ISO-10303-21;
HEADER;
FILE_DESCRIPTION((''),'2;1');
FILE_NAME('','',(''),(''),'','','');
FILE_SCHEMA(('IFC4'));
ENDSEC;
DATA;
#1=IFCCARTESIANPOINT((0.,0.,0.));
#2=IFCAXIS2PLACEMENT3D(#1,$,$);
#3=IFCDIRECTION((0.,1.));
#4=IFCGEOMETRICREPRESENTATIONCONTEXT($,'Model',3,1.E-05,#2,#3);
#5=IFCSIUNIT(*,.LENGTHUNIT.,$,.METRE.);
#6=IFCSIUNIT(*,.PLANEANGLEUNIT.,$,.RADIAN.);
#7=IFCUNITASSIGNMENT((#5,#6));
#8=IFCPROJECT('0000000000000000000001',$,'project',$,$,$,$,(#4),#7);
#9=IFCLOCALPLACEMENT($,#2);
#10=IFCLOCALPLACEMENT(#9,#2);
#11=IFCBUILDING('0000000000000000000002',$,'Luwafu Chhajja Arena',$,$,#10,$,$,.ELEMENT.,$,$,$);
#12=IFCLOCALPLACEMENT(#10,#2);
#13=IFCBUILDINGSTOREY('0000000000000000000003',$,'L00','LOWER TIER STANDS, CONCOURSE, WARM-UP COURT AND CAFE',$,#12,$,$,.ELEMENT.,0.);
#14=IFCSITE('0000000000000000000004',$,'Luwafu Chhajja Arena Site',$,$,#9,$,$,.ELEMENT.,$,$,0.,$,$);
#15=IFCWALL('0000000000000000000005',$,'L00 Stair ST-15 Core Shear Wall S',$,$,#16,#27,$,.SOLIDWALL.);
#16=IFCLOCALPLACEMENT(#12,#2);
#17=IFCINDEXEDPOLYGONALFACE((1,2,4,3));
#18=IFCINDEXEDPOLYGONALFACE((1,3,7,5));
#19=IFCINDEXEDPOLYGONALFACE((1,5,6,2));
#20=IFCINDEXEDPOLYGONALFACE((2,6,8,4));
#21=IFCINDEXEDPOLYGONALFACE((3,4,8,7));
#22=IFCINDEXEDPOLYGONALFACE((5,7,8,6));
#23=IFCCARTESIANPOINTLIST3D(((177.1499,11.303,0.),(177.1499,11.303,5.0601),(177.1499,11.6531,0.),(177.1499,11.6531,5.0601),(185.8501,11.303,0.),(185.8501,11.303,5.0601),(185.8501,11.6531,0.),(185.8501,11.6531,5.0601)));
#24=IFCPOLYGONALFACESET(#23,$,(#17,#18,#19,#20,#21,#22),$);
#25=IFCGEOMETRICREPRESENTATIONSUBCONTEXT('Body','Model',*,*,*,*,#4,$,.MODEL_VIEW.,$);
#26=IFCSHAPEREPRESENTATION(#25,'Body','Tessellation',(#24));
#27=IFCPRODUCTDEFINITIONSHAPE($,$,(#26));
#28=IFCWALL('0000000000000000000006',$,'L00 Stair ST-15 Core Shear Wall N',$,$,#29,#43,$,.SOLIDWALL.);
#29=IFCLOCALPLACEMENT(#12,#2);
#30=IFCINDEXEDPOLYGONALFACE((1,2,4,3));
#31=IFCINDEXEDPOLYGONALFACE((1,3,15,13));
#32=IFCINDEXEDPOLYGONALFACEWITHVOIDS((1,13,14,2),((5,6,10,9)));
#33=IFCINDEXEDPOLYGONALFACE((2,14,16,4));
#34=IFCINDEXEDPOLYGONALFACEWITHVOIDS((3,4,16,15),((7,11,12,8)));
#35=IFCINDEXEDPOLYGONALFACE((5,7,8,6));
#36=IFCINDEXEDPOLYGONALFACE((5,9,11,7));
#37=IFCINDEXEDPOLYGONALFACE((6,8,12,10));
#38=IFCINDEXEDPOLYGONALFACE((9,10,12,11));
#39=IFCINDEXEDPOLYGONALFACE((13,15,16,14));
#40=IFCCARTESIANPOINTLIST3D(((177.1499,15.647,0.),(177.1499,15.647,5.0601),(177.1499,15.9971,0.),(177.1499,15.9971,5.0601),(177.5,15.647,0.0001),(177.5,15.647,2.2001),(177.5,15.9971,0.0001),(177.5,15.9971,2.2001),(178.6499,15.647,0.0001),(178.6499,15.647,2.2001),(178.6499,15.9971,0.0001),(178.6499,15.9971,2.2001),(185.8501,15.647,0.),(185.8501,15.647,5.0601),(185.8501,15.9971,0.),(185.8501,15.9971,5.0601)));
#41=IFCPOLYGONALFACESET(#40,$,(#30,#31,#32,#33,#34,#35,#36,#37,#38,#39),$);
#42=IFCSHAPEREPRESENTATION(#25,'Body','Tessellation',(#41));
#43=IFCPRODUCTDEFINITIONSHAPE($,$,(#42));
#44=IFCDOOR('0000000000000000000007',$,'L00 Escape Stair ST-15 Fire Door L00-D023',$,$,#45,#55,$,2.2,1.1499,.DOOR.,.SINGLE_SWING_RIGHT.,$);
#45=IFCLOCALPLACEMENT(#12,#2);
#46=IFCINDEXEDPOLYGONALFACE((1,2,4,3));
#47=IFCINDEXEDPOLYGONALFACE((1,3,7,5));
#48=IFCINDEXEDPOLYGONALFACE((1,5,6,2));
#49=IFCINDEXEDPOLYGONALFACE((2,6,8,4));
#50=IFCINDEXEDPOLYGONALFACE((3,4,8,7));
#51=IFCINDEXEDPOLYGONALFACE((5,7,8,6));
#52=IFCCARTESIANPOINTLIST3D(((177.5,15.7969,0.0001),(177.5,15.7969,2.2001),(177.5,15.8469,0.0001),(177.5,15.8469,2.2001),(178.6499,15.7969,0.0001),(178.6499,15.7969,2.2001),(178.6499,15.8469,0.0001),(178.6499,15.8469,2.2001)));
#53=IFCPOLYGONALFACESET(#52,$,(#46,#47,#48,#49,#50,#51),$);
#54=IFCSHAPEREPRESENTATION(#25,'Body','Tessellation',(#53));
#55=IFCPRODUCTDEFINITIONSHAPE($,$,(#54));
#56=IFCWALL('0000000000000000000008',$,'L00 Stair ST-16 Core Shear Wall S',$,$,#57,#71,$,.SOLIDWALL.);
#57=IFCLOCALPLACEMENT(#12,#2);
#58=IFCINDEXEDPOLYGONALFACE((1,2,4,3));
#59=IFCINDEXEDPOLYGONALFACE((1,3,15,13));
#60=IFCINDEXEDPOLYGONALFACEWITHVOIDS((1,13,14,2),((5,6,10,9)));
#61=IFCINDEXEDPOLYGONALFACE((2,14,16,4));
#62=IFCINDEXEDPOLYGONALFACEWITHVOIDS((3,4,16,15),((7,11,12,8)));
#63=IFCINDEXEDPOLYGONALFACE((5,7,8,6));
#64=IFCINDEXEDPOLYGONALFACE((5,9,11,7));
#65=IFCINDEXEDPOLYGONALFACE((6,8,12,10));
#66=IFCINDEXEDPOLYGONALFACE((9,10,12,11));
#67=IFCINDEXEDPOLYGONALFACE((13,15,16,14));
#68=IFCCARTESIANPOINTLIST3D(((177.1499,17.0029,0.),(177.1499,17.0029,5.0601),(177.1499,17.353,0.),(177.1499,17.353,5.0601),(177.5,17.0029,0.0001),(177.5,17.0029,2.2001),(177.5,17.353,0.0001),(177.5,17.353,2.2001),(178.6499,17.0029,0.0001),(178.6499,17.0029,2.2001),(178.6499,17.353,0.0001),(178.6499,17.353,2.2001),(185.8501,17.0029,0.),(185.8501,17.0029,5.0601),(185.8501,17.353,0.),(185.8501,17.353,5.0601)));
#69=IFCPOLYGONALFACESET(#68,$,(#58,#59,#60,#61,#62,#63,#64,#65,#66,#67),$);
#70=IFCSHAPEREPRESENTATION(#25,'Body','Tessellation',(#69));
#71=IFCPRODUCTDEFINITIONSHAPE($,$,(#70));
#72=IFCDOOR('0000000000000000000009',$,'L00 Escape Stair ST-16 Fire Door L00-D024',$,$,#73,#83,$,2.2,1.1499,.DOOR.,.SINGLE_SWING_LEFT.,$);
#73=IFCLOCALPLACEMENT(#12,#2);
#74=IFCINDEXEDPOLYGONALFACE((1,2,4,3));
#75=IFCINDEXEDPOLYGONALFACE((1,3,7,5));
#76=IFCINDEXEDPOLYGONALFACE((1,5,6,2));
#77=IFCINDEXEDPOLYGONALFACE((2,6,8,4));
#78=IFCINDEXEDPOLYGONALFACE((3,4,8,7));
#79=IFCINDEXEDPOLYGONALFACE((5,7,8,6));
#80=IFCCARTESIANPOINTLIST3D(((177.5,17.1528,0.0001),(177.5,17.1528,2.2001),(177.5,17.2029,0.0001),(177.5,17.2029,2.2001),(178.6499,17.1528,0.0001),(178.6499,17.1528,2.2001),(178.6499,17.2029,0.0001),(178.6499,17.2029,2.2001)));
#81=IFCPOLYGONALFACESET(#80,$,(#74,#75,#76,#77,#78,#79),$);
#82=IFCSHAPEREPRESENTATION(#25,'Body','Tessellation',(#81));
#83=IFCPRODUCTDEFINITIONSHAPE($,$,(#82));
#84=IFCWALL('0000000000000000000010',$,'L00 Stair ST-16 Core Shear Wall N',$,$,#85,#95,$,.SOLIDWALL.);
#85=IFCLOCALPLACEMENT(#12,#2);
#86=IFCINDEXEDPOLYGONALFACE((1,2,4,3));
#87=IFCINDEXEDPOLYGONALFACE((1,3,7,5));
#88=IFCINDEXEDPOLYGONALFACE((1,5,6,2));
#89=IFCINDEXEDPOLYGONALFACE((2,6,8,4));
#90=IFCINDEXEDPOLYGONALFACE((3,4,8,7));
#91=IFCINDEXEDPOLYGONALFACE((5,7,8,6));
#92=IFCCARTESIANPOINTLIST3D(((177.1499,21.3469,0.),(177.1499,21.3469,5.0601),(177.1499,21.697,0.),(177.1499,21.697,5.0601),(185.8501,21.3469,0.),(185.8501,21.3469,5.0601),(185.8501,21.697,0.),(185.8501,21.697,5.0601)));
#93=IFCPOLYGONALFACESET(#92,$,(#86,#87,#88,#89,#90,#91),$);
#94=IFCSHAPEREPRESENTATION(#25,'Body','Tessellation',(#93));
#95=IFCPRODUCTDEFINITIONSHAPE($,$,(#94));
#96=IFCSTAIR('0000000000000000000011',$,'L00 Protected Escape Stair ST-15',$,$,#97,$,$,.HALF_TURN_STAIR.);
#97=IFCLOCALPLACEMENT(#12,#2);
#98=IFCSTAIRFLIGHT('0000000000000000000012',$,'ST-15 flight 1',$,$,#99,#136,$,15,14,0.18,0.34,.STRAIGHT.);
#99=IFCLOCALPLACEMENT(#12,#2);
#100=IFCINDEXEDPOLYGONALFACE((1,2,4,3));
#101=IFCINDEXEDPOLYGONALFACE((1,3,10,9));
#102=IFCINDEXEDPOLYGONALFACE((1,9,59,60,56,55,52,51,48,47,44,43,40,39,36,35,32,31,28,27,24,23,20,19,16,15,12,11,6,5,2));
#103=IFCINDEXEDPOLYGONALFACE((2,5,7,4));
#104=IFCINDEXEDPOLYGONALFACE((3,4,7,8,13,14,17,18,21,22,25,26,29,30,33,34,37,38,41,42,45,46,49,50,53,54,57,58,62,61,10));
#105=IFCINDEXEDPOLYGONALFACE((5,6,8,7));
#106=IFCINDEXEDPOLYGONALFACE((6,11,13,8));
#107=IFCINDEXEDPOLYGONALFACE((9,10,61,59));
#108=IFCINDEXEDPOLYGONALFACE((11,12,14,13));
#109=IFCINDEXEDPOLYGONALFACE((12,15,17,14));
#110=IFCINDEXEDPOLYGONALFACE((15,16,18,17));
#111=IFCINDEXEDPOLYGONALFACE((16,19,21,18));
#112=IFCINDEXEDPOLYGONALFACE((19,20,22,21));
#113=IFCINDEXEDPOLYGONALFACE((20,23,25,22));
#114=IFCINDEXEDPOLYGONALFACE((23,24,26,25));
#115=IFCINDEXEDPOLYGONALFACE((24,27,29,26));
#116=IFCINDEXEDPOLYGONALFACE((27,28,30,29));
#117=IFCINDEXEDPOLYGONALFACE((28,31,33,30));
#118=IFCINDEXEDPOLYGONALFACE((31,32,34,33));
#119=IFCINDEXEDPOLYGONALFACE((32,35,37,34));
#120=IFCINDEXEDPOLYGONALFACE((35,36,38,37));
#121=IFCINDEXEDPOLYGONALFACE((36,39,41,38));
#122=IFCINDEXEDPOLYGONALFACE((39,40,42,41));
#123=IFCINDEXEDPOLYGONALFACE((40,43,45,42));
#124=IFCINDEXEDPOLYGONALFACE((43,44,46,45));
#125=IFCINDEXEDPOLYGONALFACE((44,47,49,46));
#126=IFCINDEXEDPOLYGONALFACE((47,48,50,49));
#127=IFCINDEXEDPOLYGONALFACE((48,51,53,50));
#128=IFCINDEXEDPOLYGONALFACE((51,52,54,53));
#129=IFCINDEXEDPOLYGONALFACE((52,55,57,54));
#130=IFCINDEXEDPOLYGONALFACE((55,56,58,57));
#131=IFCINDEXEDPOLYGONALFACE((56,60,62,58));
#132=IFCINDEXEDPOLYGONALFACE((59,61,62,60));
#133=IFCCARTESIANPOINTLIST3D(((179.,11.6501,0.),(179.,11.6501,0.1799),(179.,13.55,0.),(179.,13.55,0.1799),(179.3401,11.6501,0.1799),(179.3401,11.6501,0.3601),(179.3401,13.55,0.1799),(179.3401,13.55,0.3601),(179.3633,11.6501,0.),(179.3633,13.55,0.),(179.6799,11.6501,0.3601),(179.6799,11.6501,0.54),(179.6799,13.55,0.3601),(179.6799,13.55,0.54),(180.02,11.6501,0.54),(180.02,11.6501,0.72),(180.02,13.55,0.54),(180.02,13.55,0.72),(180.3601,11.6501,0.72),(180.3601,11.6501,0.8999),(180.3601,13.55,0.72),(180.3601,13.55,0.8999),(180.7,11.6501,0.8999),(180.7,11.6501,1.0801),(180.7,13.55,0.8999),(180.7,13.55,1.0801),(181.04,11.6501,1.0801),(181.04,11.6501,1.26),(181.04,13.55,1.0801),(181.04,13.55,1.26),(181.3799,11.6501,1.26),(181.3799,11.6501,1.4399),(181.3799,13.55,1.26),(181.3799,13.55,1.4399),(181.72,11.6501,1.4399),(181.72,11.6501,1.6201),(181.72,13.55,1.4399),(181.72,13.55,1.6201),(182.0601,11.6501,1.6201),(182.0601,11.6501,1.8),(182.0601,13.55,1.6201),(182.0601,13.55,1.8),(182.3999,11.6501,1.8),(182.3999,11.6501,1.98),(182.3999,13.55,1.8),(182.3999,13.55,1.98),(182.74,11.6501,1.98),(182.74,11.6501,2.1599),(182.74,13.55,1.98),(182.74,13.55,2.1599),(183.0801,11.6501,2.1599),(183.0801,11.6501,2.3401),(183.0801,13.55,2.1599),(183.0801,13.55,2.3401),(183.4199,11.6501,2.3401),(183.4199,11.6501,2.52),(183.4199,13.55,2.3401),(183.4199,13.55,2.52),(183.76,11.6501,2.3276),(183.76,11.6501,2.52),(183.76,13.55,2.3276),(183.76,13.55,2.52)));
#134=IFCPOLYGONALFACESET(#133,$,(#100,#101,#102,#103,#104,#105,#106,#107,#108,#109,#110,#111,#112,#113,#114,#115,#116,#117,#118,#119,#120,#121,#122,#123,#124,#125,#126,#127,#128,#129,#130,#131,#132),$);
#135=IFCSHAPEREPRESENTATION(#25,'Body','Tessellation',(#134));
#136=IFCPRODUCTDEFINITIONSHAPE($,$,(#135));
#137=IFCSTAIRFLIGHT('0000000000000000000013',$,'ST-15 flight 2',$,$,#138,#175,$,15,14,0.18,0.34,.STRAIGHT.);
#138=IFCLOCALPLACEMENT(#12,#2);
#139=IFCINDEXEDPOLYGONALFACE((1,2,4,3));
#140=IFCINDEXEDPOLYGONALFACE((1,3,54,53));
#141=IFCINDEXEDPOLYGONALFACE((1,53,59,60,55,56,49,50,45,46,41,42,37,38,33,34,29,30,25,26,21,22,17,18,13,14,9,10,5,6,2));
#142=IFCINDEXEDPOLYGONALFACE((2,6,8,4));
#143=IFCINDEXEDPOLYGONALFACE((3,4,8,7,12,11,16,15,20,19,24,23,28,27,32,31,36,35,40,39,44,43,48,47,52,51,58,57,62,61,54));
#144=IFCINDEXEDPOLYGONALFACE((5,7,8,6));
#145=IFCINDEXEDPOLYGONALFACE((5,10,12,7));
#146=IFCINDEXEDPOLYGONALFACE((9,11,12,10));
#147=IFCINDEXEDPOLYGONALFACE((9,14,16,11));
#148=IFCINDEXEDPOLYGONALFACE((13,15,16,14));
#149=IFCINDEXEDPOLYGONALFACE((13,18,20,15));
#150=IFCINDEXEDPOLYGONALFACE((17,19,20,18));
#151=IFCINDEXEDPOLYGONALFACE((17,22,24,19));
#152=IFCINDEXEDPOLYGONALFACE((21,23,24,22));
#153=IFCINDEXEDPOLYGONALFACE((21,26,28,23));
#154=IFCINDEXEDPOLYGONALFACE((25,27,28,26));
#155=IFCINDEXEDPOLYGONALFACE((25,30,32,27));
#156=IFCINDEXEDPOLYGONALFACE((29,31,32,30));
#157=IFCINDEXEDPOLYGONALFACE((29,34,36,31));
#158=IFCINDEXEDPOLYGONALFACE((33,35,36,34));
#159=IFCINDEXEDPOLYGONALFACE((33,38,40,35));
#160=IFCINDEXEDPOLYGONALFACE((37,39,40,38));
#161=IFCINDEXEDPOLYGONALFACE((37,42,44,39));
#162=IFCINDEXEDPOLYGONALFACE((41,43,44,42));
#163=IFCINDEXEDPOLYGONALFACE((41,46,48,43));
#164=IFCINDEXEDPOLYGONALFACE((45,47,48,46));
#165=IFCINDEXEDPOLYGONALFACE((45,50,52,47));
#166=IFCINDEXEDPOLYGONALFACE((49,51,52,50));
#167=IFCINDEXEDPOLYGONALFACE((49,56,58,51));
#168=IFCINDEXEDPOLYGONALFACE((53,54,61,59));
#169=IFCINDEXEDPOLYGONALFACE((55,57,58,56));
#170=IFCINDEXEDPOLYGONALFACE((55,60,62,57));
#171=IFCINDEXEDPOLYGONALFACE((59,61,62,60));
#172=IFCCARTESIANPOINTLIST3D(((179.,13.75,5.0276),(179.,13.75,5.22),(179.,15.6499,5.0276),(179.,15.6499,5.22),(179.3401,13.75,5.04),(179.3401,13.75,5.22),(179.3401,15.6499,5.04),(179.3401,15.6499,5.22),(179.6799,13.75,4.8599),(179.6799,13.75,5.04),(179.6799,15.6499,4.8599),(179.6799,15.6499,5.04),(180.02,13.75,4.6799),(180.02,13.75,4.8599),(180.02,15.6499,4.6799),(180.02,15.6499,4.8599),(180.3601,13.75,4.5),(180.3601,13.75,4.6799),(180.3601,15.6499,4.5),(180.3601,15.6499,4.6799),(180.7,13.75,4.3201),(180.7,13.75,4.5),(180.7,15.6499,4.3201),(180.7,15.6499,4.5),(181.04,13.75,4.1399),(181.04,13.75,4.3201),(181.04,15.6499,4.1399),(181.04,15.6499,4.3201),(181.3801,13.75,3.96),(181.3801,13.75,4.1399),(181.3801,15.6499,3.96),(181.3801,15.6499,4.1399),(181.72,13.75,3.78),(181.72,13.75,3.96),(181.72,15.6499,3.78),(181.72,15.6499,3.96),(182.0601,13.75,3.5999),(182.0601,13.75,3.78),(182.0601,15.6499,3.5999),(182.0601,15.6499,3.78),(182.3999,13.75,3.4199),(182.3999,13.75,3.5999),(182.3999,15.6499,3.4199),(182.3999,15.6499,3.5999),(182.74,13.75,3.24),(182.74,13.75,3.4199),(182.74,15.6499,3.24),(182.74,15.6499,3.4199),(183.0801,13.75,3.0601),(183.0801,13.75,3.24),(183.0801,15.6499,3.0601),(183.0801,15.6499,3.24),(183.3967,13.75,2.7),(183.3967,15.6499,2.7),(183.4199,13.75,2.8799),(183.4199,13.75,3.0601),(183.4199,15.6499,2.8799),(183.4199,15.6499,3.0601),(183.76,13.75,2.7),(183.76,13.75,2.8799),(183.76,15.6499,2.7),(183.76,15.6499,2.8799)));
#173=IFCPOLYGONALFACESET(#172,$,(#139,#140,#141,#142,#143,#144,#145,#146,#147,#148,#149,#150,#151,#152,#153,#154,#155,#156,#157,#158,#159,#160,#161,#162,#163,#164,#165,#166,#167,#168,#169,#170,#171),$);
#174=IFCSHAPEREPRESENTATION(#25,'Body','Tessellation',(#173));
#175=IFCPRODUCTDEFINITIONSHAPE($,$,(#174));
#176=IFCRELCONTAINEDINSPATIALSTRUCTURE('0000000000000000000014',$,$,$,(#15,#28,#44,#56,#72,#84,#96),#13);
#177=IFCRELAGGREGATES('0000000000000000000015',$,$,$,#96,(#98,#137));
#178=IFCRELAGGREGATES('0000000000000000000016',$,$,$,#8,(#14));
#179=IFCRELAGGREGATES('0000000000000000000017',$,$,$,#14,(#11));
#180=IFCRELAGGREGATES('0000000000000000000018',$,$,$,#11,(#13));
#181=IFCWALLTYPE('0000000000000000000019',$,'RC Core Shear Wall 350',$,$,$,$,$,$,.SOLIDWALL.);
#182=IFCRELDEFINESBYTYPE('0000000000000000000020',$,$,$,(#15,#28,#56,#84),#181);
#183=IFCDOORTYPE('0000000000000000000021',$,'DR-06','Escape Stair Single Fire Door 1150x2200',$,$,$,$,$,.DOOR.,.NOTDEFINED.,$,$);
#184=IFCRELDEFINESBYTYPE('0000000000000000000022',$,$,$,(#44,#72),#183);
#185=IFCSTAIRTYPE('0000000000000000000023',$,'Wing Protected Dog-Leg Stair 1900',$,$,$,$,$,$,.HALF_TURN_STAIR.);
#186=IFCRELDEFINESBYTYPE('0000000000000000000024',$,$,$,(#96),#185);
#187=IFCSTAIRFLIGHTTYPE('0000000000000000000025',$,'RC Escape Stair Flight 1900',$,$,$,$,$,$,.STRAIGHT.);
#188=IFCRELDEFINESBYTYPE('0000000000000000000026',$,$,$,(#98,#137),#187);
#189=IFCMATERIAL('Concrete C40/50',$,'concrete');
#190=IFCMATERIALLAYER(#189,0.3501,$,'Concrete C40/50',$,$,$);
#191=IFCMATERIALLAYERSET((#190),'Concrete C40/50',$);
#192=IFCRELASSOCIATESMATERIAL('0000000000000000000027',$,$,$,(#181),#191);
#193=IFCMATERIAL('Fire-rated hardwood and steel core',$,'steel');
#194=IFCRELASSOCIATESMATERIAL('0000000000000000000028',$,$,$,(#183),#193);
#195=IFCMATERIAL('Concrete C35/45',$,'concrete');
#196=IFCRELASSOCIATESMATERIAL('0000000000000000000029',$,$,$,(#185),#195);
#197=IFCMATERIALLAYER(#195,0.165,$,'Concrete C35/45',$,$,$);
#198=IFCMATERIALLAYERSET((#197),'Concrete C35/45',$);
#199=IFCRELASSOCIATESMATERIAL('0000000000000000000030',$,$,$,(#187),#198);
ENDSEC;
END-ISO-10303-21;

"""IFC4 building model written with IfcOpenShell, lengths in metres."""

from ifc_helpers import new_model, si_unit, direction, frame, frame_2d, origin, place, context, subcontext, project, spatial, polyline, rectangle, outline, extrude, material, layer, layer_set, type_object, element, fill, aggregate, save


model = new_model("IFC4")

# Units and contexts
model_context = context("Model", 3, precision=1e-05, world=origin(), true_north=direction((0.0, 1.0)))
body_context = subcontext(model_context, "Body", "Model", "MODEL_VIEW")
ifc_project = project(units=[si_unit("LENGTHUNIT", "METRE"), si_unit("PLANEANGLEUNIT", "RADIAN")], contexts=[model_context])

# Site, building, storey
site_placement = place(None, origin())
site = spatial("IfcSite", under=ifc_project, at=site_placement, Name="Luwafu Chhajja Arena Site", CompositionType="ELEMENT", RefElevation=0.0)
building_placement = place(site_placement, origin())
building = spatial("IfcBuilding", under=site, at=building_placement, Name="Luwafu Chhajja Arena", CompositionType="ELEMENT")
storey_placement = place(building_placement, origin())
storey = spatial("IfcBuildingStorey", under=building, at=storey_placement, Name="L00", Description="LOWER TIER STANDS, CONCOURSE, WARM-UP COURT AND CAFE", CompositionType="ELEMENT", Elevation=0.0)

# Wall
ifc_material_1 = material(Name="Concrete C40/50", Category="concrete")
ifc_layer_1 = layer(ifc_material_1, 0.3501, Name="Concrete C40/50")
ifc_layer_set_1 = layer_set([ifc_layer_1], Name="Concrete C40/50")
wall_type = type_object("IfcWallType", Name="RC Core Shear Wall 350", PredefinedType="SOLIDWALL", material=ifc_layer_set_1)
wall_1_placement = place(storey_placement, frame((177.1499, 11.478, 0.0), z_axis=(0.0, 0.0, 1.0), x_axis=(1.0, 0.0, 0.0)))
element("IfcWall", 1, at=wall_1_placement, inside=storey, type_object=wall_type, Name="L00 Stair ST-15 Core Shear Wall S", PredefinedType="SOLIDWALL", context=body_context, shape_type="SweptSolid", body=[
    extrude(rectangle(XDim=8.7002, YDim=0.3501, at=frame_2d((4.3501, 0.0))), origin(), (0.0, 0.0, 1.0), 5.0601),
])

# Walls, openings, doors
wall_2_placement = place(storey_placement, frame((177.1499, 15.822, 0.0), z_axis=(0.0, 0.0, 1.0), x_axis=(1.0, 0.0, 0.0)))
wall_2 = element("IfcWall", 2, at=wall_2_placement, inside=storey, type_object=wall_type, Name="L00 Stair ST-15 Core Shear Wall N", PredefinedType="SOLIDWALL", context=body_context, shape_type="SweptSolid", body=[
    extrude(rectangle(XDim=8.7002, YDim=0.3501, at=frame_2d((4.3501, 0.0))), origin(), (0.0, 0.0, 1.0), 5.0601),
])
opening_1_placement = place(wall_2_placement, frame((0.3501, 0.0, 0.0)))
opening_1 = element("IfcOpeningElement", 3, at=opening_1_placement, cuts=wall_2, PredefinedType="OPENING", context=body_context, shape_type="SweptSolid", body=[
    extrude(rectangle(XDim=1.1499, YDim=2.2, at=frame_2d((0.575, 1.1001))), frame((0.0, 0.1851, 0.0), z_axis=(0.0, -1.0, 0.0), x_axis=(1.0, 0.0, 0.0)), (0.0, 0.0, 1.0), 0.3701),
])
ifc_material_2 = material(Name="Fire-rated hardwood and steel core", Category="steel")
door_type = type_object("IfcDoorType", Name="DR-06", Description="Escape Stair Single Fire Door 1150x2200", OperationType="NOTDEFINED", PredefinedType="DOOR", material=ifc_material_2)
door_1_placement = place(opening_1_placement, origin())
door_1 = element("IfcDoor", 4, at=door_1_placement, inside=storey, type_object=door_type, Name="L00 Escape Stair ST-15 Fire Door L00-D023", OperationType="SINGLE_SWING_RIGHT", OverallHeight=2.2, OverallWidth=1.1499, PredefinedType="DOOR", context=body_context, shape_type="SweptSolid", body=[
    extrude(rectangle(XDim=1.1499, YDim=2.2, at=frame_2d((0.575, 1.1001))), frame((0.0, 0.0249, 0.0), z_axis=(0.0, -1.0, 0.0), x_axis=(1.0, 0.0, 0.0)), (0.0, 0.0, 1.0), 0.05),
])
fill(opening_1, door_1)
wall_3_placement = place(storey_placement, frame((177.1499, 17.178, 0.0), z_axis=(0.0, 0.0, 1.0), x_axis=(1.0, 0.0, 0.0)))
wall_3 = element("IfcWall", 5, at=wall_3_placement, inside=storey, type_object=wall_type, Name="L00 Stair ST-16 Core Shear Wall S", PredefinedType="SOLIDWALL", context=body_context, shape_type="SweptSolid", body=[
    extrude(rectangle(XDim=8.7002, YDim=0.3501, at=frame_2d((4.3501, 0.0))), origin(), (0.0, 0.0, 1.0), 5.0601),
])
opening_2_placement = place(wall_3_placement, frame((0.3501, 0.0, 0.0)))
opening_2 = element("IfcOpeningElement", 6, at=opening_2_placement, cuts=wall_3, PredefinedType="OPENING", context=body_context, shape_type="SweptSolid", body=[
    extrude(rectangle(XDim=1.1499, YDim=2.2, at=frame_2d((0.575, 1.1001))), frame((0.0, 0.1851, 0.0), z_axis=(0.0, -1.0, 0.0), x_axis=(1.0, 0.0, 0.0)), (0.0, 0.0, 1.0), 0.3701),
])
door_2_placement = place(opening_2_placement, origin())
door_2 = element("IfcDoor", 7, at=door_2_placement, inside=storey, type_object=door_type, Name="L00 Escape Stair ST-16 Fire Door L00-D024", OperationType="SINGLE_SWING_LEFT", OverallHeight=2.2, OverallWidth=1.1499, PredefinedType="DOOR", context=body_context, shape_type="SweptSolid", body=[
    extrude(rectangle(XDim=1.1499, YDim=2.2, at=frame_2d((0.575, 1.1001))), frame((0.0, 0.0249, 0.0), z_axis=(0.0, -1.0, 0.0), x_axis=(1.0, 0.0, 0.0)), (0.0, 0.0, 1.0), 0.05),
])
fill(opening_2, door_2)

# Wall
wall_4_placement = place(storey_placement, frame((177.1499, 21.522, 0.0), z_axis=(0.0, 0.0, 1.0), x_axis=(1.0, 0.0, 0.0)))
element("IfcWall", 8, at=wall_4_placement, inside=storey, type_object=wall_type, Name="L00 Stair ST-16 Core Shear Wall N", PredefinedType="SOLIDWALL", context=body_context, shape_type="SweptSolid", body=[
    extrude(rectangle(XDim=8.7002, YDim=0.3501, at=frame_2d((4.3501, 0.0))), origin(), (0.0, 0.0, 1.0), 5.0601),
])

# Stair, stair flights
ifc_material_3 = material(Name="Concrete C35/45", Category="concrete")
stair_type = type_object("IfcStairType", Name="Wing Protected Dog-Leg Stair 1900", PredefinedType="HALF_TURN_STAIR", material=ifc_material_3)
stair_1_placement = place(storey_placement, origin())
stair_1 = element("IfcStair", 9, at=stair_1_placement, inside=storey, type_object=stair_type, Name="L00 Protected Escape Stair ST-15", PredefinedType="HALF_TURN_STAIR")
ifc_layer_2 = layer(ifc_material_3, 0.165, Name="Concrete C35/45")
ifc_layer_set_2 = layer_set([ifc_layer_2], Name="Concrete C35/45")
stair_flight_type = type_object("IfcStairFlightType", Name="RC Escape Stair Flight 1900", PredefinedType="STRAIGHT", material=ifc_layer_set_2)
stair_flight_1_placement = place(storey_placement, frame((179.0, 12.6001, 0.0), z_axis=(0.0, 0.0, 1.0), x_axis=(1.0, 0.0, 0.0)))
stair_flight_1 = element("IfcStairFlight", 10, at=stair_flight_1_placement, type_object=stair_flight_type, Name="ST-15 flight 1", NumberOfRisers=15, NumberOfTreads=14, PredefinedType="STRAIGHT", RiserHeight=0.18, TreadLength=0.34, context=body_context, shape_type="SweptSolid", body=[
    extrude(outline(polyline([(0.0, 0.0), (0.0, 0.1799), (0.3401, 0.1799), (0.3401, 0.3601), (0.6799, 0.3601), (0.6799, 0.54), (1.02, 0.54), (1.02, 0.72), (1.3601, 0.72), (1.3601, 0.8999), (1.7, 0.8999), (1.7, 1.0801), (2.04, 1.0801), (2.04, 1.26), (2.3799, 1.26), (2.3799, 1.4399), (2.72, 1.4399), (2.72, 1.6201), (3.0601, 1.6201), (3.0601, 1.8), (3.3999, 1.8), (3.3999, 1.98), (3.74, 1.98), (3.74, 2.1599), (4.0801, 2.1599), (4.0801, 2.3401), (4.4199, 2.3401), (4.4199, 2.52), (4.76, 2.52), (4.76, 2.7), (4.76, 2.3276), (0.3633, 0.0), (0.0, 0.0)])), frame((0.0, 0.95, 0.0), z_axis=(0.0, -1.0, 0.0), x_axis=(1.0, 0.0, 0.0)), (0.0, 0.0, 1.0), 1.8999),
])
stair_flight_2_placement = place(storey_placement, frame((183.76, 14.7, 2.7), z_axis=(0.0, 0.0, 1.0), x_axis=(-1.0, 0.0, 0.0)))
stair_flight_2 = element("IfcStairFlight", 11, at=stair_flight_2_placement, type_object=stair_flight_type, Name="ST-15 flight 2", NumberOfRisers=15, NumberOfTreads=14, PredefinedType="STRAIGHT", RiserHeight=0.18, TreadLength=0.34, context=body_context, shape_type="SweptSolid", body=[
    extrude(outline(polyline([(0.0, 0.0), (0.0, 0.1799), (0.3401, 0.1799), (0.3401, 0.3601), (0.6799, 0.3601), (0.6799, 0.54), (1.02, 0.54), (1.02, 0.72), (1.3601, 0.72), (1.3601, 0.8999), (1.7, 0.8999), (1.7, 1.0801), (2.04, 1.0801), (2.04, 1.26), (2.3799, 1.26), (2.3799, 1.4399), (2.72, 1.4399), (2.72, 1.6201), (3.0601, 1.6201), (3.0601, 1.8), (3.3999, 1.8), (3.3999, 1.98), (3.74, 1.98), (3.74, 2.1599), (4.0801, 2.1599), (4.0801, 2.3401), (4.4199, 2.3401), (4.4199, 2.52), (4.76, 2.52), (4.76, 2.7), (4.76, 2.3276), (0.3633, 0.0), (0.0, 0.0)])), frame((0.0, 0.95, 0.0), z_axis=(0.0, -1.0, 0.0), x_axis=(1.0, 0.0, 0.0)), (0.0, 0.0, 1.0), 1.8999),
])
aggregate(stair_1, [stair_flight_1, stair_flight_2])

save(model, "model.ifc")
